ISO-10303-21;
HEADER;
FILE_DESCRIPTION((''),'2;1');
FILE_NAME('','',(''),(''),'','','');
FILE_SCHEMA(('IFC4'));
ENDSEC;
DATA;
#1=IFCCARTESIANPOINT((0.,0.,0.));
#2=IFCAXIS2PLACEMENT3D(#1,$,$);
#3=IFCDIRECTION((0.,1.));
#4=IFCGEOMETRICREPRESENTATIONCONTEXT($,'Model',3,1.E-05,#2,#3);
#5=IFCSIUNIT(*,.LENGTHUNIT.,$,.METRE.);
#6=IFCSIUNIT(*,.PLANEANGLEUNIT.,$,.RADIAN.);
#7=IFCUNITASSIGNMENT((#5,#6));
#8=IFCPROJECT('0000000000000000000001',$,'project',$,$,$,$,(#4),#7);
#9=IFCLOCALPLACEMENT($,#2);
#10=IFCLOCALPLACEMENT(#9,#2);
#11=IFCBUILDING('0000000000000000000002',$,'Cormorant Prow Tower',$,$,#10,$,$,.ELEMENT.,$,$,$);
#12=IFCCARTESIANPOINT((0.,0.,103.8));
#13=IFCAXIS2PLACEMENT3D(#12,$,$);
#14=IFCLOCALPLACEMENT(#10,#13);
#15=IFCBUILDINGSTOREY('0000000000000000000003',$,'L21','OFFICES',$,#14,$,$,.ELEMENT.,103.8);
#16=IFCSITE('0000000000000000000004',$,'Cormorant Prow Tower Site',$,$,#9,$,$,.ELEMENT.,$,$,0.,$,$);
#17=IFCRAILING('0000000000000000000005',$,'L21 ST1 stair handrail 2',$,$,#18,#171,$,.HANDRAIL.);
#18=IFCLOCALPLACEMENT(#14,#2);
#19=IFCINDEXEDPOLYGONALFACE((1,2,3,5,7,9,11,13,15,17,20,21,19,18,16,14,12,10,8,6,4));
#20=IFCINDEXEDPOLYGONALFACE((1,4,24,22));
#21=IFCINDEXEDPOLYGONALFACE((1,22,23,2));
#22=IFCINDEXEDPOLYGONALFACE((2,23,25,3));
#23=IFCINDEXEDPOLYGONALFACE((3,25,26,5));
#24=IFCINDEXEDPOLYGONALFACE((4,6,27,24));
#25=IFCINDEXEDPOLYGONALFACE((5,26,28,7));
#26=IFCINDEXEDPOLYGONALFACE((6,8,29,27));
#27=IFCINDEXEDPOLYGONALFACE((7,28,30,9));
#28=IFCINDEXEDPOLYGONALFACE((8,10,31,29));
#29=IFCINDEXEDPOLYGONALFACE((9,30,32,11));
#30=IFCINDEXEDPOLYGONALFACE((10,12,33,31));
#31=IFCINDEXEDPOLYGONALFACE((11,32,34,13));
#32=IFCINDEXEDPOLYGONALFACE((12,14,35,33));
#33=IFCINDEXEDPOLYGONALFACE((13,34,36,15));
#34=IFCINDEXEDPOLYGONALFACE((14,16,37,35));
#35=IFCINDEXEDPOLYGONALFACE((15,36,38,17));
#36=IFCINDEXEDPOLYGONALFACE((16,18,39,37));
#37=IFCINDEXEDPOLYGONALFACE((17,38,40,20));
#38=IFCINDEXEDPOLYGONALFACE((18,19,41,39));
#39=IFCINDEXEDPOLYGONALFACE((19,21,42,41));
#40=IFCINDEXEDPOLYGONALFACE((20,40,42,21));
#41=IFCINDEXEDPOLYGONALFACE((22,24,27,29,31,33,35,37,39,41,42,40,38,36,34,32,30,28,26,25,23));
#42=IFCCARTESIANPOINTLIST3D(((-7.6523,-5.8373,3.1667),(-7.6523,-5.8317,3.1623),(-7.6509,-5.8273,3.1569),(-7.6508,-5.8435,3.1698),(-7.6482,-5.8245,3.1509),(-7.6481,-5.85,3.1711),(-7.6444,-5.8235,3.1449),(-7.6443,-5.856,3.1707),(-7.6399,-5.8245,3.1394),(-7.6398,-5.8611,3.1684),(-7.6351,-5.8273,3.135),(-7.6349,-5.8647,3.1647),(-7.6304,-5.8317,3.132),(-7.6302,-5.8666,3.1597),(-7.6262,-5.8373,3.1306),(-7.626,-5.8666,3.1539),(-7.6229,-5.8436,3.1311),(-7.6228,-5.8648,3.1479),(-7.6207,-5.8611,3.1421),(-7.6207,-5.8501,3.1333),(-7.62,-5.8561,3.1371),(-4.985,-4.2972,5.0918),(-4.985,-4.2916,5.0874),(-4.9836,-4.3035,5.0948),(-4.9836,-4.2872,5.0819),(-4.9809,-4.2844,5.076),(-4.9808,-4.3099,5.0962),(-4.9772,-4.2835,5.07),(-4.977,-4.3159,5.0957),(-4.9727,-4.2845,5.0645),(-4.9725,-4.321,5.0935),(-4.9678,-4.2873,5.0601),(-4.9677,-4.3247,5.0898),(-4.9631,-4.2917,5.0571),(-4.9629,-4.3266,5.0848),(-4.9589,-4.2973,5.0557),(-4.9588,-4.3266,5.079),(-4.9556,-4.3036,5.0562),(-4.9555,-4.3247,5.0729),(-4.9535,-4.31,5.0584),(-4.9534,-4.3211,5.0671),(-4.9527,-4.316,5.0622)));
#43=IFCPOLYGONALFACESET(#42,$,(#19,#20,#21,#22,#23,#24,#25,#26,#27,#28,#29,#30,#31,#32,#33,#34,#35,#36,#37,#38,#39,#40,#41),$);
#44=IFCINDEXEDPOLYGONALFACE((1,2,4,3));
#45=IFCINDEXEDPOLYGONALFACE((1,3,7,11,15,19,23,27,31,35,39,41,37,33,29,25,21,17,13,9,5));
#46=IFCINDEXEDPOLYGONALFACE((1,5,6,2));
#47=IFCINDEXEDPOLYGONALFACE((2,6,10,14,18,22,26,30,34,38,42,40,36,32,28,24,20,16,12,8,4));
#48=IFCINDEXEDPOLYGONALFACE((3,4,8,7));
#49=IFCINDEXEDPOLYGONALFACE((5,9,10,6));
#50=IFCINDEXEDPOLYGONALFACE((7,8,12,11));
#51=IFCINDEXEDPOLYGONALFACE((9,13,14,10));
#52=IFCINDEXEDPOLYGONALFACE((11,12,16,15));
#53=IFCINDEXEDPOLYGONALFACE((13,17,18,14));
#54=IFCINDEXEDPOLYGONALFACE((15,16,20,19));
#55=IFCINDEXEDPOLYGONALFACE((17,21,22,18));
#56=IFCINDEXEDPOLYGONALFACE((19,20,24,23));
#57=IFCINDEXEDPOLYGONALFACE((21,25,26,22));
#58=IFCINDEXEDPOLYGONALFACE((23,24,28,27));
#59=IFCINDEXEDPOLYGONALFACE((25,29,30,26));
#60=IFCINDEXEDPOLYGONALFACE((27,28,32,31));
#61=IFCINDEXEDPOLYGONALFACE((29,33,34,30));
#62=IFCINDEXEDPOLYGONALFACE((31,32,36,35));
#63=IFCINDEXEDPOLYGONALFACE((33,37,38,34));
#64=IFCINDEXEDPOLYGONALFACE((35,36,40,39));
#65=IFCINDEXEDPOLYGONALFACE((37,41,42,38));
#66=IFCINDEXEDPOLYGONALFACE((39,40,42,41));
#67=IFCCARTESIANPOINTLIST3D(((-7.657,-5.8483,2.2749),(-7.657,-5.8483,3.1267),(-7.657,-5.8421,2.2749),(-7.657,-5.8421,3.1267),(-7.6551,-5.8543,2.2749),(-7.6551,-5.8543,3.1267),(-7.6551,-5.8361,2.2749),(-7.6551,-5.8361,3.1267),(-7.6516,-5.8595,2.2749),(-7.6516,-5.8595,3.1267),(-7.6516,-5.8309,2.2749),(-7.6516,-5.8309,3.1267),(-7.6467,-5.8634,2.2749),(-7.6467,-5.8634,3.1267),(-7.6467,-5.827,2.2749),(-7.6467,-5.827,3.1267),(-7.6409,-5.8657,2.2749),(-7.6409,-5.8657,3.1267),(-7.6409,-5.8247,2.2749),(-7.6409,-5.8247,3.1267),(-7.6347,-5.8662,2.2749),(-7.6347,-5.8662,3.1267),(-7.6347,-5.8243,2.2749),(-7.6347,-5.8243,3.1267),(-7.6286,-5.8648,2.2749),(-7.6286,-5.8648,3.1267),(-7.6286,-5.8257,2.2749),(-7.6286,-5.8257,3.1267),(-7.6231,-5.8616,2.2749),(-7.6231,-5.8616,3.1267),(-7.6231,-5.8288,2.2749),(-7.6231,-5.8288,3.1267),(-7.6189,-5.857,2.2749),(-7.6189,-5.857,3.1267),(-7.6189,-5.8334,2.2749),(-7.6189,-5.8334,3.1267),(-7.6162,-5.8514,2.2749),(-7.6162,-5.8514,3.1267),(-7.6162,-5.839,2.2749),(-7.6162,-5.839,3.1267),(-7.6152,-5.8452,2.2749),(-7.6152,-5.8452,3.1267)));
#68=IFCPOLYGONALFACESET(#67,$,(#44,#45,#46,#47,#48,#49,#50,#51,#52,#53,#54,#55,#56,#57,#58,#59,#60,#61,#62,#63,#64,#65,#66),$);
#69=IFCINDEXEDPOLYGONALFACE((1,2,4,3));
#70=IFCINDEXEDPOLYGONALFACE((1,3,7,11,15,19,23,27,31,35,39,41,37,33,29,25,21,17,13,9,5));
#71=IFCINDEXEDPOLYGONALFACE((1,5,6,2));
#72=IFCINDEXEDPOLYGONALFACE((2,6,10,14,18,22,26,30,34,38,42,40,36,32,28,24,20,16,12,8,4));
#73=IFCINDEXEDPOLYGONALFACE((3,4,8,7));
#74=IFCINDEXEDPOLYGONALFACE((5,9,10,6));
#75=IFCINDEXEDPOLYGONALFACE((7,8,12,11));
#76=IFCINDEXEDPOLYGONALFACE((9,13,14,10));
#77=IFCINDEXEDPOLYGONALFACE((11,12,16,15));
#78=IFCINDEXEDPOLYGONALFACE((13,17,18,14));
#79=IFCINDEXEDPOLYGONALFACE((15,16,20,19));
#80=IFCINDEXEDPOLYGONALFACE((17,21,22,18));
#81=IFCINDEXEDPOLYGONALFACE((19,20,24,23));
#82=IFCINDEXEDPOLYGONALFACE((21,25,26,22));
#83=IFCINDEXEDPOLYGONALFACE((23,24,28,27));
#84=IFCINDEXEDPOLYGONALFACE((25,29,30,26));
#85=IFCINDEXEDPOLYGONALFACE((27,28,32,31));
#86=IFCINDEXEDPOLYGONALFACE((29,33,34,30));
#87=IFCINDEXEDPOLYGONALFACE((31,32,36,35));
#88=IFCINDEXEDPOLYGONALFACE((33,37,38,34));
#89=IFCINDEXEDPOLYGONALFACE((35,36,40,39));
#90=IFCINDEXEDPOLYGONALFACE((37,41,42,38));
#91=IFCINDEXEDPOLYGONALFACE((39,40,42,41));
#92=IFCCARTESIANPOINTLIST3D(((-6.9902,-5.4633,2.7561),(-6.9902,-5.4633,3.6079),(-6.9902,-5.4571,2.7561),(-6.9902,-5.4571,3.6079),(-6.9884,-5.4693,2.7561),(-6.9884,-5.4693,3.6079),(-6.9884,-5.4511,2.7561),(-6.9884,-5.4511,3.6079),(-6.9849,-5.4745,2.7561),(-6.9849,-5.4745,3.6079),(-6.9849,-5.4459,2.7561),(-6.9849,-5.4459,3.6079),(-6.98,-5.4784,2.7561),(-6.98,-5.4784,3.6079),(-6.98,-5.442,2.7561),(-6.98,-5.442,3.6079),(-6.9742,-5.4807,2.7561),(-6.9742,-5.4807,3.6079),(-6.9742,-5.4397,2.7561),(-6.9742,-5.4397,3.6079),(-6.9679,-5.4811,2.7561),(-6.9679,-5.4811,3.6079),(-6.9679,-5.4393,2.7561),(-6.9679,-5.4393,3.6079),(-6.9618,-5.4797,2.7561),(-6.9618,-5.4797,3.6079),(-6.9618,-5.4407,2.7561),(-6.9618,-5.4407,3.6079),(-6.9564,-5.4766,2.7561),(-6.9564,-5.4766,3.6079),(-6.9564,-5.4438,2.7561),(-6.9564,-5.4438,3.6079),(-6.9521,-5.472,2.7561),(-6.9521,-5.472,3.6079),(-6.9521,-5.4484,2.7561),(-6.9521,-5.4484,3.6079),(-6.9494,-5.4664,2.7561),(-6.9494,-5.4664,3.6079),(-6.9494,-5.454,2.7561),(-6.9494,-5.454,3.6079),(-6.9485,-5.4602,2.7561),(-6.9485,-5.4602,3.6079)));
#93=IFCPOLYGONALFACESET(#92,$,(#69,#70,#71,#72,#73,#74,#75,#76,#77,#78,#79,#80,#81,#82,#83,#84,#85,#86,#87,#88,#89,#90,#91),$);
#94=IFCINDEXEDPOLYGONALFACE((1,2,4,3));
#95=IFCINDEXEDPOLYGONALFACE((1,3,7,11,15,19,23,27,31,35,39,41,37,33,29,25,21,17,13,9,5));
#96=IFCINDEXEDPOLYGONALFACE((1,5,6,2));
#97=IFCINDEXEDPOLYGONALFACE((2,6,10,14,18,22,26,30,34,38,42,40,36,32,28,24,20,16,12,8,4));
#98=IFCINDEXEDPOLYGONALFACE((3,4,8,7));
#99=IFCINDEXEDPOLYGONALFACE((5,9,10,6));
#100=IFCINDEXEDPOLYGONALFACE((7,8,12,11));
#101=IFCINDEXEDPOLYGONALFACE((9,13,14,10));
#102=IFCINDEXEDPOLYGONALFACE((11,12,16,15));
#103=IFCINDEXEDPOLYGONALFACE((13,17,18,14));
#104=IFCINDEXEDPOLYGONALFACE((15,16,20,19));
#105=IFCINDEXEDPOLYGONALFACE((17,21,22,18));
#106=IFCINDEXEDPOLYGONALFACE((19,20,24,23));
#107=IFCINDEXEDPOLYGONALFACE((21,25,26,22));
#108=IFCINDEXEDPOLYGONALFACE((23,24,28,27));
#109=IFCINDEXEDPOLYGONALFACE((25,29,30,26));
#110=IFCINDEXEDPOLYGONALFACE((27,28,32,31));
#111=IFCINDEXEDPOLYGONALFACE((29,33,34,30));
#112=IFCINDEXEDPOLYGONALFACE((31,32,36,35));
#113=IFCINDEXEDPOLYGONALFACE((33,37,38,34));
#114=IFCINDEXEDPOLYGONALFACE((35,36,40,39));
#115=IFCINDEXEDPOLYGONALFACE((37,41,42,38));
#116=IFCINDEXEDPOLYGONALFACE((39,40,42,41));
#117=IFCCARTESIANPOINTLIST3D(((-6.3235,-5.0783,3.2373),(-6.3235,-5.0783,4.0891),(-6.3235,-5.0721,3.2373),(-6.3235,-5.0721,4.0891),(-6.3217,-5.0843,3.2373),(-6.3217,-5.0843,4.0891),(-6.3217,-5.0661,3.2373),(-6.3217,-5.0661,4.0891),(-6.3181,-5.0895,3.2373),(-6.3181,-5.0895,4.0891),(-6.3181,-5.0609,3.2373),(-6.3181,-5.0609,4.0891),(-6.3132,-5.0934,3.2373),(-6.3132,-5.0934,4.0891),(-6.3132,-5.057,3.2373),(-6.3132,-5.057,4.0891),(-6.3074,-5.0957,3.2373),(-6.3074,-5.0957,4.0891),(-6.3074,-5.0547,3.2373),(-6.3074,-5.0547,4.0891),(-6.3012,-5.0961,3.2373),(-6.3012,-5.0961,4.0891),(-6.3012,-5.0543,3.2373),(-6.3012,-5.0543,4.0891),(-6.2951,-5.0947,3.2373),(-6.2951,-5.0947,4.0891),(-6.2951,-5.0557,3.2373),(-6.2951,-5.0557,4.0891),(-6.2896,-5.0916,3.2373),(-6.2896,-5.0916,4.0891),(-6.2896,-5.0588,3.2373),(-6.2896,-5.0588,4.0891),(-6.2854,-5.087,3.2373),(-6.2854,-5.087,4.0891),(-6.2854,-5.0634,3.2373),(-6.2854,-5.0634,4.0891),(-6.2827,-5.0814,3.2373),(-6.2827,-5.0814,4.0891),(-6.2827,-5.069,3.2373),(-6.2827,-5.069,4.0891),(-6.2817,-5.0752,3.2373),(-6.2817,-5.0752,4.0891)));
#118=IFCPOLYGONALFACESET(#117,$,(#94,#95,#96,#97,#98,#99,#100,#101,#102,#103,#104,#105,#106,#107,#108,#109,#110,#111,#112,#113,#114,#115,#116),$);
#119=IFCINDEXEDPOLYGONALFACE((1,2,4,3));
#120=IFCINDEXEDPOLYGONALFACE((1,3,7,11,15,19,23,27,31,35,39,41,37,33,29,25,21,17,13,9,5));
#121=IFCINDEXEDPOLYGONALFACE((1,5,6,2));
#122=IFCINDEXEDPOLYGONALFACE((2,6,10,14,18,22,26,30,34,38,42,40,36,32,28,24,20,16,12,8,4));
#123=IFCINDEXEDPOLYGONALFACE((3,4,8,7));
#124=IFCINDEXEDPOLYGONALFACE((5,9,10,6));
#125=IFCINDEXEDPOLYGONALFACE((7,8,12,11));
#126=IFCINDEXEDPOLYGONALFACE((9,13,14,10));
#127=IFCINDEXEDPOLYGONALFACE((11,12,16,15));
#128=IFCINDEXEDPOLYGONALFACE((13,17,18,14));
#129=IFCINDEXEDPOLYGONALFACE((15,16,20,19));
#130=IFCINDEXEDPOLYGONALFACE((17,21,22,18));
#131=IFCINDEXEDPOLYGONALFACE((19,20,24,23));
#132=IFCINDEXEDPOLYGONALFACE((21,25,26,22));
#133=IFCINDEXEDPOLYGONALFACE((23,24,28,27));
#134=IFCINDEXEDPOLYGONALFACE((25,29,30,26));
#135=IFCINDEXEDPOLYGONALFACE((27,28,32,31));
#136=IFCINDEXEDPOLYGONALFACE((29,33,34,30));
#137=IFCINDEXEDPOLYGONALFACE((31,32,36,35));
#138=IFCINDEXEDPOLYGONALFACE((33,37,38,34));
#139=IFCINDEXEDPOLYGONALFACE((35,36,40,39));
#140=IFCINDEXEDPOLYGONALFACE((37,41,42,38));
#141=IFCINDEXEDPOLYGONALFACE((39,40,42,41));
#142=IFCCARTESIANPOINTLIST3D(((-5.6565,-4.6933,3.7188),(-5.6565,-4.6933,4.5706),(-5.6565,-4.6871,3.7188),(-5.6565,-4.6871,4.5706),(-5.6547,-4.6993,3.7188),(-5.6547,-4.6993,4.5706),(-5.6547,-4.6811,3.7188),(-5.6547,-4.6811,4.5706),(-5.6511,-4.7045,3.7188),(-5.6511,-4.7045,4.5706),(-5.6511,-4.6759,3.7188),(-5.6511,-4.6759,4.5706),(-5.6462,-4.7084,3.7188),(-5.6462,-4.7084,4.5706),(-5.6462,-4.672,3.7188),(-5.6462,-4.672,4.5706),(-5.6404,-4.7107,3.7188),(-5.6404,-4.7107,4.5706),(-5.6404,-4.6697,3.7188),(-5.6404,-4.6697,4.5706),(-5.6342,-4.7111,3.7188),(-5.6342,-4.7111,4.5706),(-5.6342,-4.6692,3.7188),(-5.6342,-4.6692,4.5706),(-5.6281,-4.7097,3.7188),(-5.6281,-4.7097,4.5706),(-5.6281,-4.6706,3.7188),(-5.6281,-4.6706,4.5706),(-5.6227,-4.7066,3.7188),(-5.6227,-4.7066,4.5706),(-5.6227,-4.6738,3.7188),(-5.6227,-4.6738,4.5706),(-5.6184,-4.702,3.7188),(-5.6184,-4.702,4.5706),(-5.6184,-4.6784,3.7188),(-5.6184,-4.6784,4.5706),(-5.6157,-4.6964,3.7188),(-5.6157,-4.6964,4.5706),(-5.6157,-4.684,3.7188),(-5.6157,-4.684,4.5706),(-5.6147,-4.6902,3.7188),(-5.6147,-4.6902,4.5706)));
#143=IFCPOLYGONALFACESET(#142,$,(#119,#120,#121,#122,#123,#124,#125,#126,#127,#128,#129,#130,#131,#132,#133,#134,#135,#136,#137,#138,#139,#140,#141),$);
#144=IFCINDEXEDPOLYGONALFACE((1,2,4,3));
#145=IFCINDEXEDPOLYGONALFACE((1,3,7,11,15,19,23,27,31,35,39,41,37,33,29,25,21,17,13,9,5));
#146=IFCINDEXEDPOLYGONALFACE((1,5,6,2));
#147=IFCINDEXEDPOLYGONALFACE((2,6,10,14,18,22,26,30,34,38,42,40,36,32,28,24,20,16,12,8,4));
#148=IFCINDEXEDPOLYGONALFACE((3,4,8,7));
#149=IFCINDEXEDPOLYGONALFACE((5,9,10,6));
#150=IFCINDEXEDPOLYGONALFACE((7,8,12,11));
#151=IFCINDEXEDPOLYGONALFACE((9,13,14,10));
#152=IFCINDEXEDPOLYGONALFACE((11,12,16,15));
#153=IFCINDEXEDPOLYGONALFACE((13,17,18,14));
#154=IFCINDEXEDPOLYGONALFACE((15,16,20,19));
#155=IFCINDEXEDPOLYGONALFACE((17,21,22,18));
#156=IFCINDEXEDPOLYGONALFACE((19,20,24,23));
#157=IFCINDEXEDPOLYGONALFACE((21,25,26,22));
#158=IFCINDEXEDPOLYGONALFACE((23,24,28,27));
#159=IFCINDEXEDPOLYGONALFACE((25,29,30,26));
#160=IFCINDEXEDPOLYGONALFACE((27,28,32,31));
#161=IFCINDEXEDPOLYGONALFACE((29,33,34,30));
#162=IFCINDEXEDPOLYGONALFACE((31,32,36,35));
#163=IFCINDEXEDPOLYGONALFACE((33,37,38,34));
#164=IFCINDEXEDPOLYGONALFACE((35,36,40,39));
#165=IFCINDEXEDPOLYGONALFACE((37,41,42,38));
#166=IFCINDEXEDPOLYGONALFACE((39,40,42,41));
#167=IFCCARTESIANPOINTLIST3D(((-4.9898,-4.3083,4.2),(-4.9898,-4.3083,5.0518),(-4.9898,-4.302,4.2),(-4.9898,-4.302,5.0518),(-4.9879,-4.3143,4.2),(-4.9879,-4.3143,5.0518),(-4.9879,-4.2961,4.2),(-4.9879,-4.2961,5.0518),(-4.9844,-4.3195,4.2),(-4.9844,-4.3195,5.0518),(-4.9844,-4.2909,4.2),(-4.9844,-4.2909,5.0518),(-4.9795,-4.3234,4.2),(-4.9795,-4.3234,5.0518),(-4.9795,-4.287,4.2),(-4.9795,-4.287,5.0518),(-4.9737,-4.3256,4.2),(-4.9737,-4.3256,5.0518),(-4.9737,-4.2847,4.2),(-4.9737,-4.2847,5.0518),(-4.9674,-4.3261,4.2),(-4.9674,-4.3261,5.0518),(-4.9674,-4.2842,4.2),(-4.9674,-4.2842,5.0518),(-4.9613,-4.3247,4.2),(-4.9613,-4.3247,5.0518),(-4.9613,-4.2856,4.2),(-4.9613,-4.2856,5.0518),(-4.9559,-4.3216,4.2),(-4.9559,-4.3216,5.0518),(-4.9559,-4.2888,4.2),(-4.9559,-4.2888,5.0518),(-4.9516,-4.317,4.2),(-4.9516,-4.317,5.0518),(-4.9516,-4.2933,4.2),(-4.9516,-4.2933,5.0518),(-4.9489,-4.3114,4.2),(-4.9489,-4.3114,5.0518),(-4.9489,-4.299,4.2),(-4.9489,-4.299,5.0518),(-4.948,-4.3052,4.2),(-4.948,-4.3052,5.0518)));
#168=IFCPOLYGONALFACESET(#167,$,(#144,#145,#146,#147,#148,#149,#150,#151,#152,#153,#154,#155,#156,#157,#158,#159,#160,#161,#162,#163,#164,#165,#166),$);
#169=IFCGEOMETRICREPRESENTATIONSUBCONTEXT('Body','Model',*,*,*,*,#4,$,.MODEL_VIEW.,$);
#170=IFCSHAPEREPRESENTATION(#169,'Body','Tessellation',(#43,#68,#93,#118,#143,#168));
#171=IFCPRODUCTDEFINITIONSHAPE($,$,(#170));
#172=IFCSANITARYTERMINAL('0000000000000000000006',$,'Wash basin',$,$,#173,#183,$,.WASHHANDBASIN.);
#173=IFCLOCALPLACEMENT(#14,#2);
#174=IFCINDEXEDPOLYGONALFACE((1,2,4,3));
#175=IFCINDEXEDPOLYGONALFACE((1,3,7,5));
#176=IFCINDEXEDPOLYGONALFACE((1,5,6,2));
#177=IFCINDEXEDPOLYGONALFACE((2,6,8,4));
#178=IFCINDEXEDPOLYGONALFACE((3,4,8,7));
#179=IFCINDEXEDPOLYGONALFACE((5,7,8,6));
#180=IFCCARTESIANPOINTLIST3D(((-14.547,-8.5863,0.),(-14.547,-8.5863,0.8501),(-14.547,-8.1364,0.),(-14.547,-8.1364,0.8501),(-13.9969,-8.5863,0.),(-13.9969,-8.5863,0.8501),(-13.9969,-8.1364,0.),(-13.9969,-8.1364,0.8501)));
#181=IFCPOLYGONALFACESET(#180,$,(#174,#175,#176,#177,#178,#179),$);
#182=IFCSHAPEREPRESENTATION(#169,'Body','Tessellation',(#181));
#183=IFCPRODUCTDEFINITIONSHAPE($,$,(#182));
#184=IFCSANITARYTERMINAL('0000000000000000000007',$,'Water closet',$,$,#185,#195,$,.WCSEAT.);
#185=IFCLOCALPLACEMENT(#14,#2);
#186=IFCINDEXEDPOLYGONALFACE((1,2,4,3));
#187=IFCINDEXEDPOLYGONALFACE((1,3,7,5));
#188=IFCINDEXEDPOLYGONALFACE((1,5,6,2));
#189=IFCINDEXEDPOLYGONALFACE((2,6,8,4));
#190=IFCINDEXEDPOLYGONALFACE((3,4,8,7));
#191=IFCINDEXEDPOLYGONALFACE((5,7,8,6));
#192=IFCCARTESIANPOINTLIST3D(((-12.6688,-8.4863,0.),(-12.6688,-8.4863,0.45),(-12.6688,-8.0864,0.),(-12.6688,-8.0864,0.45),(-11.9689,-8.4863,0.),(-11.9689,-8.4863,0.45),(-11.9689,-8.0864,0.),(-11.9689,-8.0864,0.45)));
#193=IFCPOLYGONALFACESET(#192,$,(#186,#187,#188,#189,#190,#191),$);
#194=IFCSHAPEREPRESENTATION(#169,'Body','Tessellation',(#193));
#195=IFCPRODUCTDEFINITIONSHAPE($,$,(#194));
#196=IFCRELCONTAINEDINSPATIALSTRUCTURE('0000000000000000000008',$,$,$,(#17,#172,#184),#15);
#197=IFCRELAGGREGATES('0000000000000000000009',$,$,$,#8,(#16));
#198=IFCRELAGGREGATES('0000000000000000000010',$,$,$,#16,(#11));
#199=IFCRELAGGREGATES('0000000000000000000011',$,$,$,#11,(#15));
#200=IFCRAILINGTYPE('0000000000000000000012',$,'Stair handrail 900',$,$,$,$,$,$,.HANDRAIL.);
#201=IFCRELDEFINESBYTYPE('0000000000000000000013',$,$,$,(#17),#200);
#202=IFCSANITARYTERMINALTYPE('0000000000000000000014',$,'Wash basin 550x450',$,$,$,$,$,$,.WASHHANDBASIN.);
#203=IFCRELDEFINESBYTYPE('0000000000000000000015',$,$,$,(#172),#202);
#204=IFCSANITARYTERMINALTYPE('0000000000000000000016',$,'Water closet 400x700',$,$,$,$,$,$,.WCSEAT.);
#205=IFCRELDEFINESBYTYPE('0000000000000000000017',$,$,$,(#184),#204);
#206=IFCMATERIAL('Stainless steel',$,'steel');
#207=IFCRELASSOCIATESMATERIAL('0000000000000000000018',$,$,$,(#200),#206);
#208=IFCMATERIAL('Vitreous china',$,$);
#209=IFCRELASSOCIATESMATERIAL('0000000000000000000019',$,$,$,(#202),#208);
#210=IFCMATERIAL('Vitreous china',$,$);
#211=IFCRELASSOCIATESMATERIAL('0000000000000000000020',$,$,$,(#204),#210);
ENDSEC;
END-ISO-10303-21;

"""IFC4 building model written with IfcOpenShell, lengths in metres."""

from ifc_helpers import new_model, si_unit, direction, frame, origin, origin_2d, place, context, subcontext, project, spatial, rectangle, circle, extrude, material, type_object, element, save


model = new_model("IFC4")

# Units and contexts
model_context = context("Model", 3, precision=1e-05, world=origin(), true_north=direction((0.0, 1.0)))
body_context = subcontext(model_context, "Body", "Model", "MODEL_VIEW")
ifc_project = project(units=[si_unit("LENGTHUNIT", "METRE"), si_unit("PLANEANGLEUNIT", "RADIAN")], contexts=[model_context])

# Site, building, storey
site_placement = place(None, origin())
site = spatial("IfcSite", under=ifc_project, at=site_placement, Name="Cormorant Prow Tower Site", CompositionType="ELEMENT", RefElevation=0.0)
building_placement = place(site_placement, origin())
building = spatial("IfcBuilding", under=site, at=building_placement, Name="Cormorant Prow Tower", CompositionType="ELEMENT")
storey_placement = place(building_placement, frame((0.0, 0.0, 103.8)))
storey = spatial("IfcBuildingStorey", under=building, at=storey_placement, Name="L21", Description="OFFICES", CompositionType="ELEMENT", Elevation=103.8)

# Railing
ifc_material_1 = material(Name="Stainless steel", Category="steel")
railing_type_1 = type_object("IfcRailingType", Name="Stair handrail 900", PredefinedType="HANDRAIL", material=ifc_material_1)
railing_1_placement = place(storey_placement, frame((-7.6362, -5.8452, 2.2749)))
element("IfcRailing", 1, at=railing_1_placement, inside=storey, type_object=railing_type_1, Name="L21 ST1 stair handrail 2", PredefinedType="HANDRAIL", context=body_context, shape_type="SweptSolid", body=[
    extrude(circle(Radius=0.0239, at=origin_2d()), frame((0.0, 0.0, 0.876), z_axis=(0.734364, 0.424015, 0.530019), x_axis=(-0.500027, 0.86601, 0.0)), (0.0, 0.0, 1.0), 3.6321),
    extrude(circle(Radius=0.021, at=origin_2d()), origin(), (0.0, 0.0, 1.0), 0.8518),
    extrude(circle(Radius=0.021, at=origin_2d()), frame((0.6667, 0.385, 0.4812)), (0.0, 0.0, 1.0), 0.8518),
    extrude(circle(Radius=0.021, at=origin_2d()), frame((1.3335, 0.77, 0.9624)), (0.0, 0.0, 1.0), 0.8518),
    extrude(circle(Radius=0.021, at=origin_2d()), frame((2.0005, 1.155, 1.4438)), (0.0, 0.0, 1.0), 0.8518),
    extrude(circle(Radius=0.021, at=origin_2d()), frame((2.6672, 1.54, 1.925)), (0.0, 0.0, 1.0), 0.8518),
])

# Sanitary terminals
ifc_material_2 = material(Name="Vitreous china")
sanitary_terminal_type_1 = type_object("IfcSanitaryTerminalType", Name="Wash basin 550x450", PredefinedType="WASHHANDBASIN", material=ifc_material_2)
sanitary_terminal_1_placement = place(storey_placement, frame((-14.272, -8.3613, 0.0), z_axis=(0.0, 0.0, 1.0), x_axis=(1.0, 0.0, 0.0)))
element("IfcSanitaryTerminal", 2, at=sanitary_terminal_1_placement, inside=storey, type_object=sanitary_terminal_type_1, Name="Wash basin", PredefinedType="WASHHANDBASIN", context=body_context, shape_type="SweptSolid", body=[
    extrude(rectangle(XDim=0.55, YDim=0.45, at=origin_2d()), origin(), (0.0, 0.0, 1.0), 0.8501),
])
ifc_material_3 = material(Name="Vitreous china")
sanitary_terminal_type_2 = type_object("IfcSanitaryTerminalType", Name="Water closet 400x700", PredefinedType="WCSEAT", material=ifc_material_3)
sanitary_terminal_2_placement = place(storey_placement, frame((-12.3188, -8.2864, 0.0), z_axis=(0.0, 0.0, 1.0), x_axis=(0.0, 1.0, 0.0)))
element("IfcSanitaryTerminal", 3, at=sanitary_terminal_2_placement, inside=storey, type_object=sanitary_terminal_type_2, Name="Water closet", PredefinedType="WCSEAT", context=body_context, shape_type="SweptSolid", body=[
    extrude(rectangle(XDim=0.3999, YDim=0.7, at=origin_2d()), origin(), (0.0, 0.0, 1.0), 0.45),
])

save(model, "model.ifc")
